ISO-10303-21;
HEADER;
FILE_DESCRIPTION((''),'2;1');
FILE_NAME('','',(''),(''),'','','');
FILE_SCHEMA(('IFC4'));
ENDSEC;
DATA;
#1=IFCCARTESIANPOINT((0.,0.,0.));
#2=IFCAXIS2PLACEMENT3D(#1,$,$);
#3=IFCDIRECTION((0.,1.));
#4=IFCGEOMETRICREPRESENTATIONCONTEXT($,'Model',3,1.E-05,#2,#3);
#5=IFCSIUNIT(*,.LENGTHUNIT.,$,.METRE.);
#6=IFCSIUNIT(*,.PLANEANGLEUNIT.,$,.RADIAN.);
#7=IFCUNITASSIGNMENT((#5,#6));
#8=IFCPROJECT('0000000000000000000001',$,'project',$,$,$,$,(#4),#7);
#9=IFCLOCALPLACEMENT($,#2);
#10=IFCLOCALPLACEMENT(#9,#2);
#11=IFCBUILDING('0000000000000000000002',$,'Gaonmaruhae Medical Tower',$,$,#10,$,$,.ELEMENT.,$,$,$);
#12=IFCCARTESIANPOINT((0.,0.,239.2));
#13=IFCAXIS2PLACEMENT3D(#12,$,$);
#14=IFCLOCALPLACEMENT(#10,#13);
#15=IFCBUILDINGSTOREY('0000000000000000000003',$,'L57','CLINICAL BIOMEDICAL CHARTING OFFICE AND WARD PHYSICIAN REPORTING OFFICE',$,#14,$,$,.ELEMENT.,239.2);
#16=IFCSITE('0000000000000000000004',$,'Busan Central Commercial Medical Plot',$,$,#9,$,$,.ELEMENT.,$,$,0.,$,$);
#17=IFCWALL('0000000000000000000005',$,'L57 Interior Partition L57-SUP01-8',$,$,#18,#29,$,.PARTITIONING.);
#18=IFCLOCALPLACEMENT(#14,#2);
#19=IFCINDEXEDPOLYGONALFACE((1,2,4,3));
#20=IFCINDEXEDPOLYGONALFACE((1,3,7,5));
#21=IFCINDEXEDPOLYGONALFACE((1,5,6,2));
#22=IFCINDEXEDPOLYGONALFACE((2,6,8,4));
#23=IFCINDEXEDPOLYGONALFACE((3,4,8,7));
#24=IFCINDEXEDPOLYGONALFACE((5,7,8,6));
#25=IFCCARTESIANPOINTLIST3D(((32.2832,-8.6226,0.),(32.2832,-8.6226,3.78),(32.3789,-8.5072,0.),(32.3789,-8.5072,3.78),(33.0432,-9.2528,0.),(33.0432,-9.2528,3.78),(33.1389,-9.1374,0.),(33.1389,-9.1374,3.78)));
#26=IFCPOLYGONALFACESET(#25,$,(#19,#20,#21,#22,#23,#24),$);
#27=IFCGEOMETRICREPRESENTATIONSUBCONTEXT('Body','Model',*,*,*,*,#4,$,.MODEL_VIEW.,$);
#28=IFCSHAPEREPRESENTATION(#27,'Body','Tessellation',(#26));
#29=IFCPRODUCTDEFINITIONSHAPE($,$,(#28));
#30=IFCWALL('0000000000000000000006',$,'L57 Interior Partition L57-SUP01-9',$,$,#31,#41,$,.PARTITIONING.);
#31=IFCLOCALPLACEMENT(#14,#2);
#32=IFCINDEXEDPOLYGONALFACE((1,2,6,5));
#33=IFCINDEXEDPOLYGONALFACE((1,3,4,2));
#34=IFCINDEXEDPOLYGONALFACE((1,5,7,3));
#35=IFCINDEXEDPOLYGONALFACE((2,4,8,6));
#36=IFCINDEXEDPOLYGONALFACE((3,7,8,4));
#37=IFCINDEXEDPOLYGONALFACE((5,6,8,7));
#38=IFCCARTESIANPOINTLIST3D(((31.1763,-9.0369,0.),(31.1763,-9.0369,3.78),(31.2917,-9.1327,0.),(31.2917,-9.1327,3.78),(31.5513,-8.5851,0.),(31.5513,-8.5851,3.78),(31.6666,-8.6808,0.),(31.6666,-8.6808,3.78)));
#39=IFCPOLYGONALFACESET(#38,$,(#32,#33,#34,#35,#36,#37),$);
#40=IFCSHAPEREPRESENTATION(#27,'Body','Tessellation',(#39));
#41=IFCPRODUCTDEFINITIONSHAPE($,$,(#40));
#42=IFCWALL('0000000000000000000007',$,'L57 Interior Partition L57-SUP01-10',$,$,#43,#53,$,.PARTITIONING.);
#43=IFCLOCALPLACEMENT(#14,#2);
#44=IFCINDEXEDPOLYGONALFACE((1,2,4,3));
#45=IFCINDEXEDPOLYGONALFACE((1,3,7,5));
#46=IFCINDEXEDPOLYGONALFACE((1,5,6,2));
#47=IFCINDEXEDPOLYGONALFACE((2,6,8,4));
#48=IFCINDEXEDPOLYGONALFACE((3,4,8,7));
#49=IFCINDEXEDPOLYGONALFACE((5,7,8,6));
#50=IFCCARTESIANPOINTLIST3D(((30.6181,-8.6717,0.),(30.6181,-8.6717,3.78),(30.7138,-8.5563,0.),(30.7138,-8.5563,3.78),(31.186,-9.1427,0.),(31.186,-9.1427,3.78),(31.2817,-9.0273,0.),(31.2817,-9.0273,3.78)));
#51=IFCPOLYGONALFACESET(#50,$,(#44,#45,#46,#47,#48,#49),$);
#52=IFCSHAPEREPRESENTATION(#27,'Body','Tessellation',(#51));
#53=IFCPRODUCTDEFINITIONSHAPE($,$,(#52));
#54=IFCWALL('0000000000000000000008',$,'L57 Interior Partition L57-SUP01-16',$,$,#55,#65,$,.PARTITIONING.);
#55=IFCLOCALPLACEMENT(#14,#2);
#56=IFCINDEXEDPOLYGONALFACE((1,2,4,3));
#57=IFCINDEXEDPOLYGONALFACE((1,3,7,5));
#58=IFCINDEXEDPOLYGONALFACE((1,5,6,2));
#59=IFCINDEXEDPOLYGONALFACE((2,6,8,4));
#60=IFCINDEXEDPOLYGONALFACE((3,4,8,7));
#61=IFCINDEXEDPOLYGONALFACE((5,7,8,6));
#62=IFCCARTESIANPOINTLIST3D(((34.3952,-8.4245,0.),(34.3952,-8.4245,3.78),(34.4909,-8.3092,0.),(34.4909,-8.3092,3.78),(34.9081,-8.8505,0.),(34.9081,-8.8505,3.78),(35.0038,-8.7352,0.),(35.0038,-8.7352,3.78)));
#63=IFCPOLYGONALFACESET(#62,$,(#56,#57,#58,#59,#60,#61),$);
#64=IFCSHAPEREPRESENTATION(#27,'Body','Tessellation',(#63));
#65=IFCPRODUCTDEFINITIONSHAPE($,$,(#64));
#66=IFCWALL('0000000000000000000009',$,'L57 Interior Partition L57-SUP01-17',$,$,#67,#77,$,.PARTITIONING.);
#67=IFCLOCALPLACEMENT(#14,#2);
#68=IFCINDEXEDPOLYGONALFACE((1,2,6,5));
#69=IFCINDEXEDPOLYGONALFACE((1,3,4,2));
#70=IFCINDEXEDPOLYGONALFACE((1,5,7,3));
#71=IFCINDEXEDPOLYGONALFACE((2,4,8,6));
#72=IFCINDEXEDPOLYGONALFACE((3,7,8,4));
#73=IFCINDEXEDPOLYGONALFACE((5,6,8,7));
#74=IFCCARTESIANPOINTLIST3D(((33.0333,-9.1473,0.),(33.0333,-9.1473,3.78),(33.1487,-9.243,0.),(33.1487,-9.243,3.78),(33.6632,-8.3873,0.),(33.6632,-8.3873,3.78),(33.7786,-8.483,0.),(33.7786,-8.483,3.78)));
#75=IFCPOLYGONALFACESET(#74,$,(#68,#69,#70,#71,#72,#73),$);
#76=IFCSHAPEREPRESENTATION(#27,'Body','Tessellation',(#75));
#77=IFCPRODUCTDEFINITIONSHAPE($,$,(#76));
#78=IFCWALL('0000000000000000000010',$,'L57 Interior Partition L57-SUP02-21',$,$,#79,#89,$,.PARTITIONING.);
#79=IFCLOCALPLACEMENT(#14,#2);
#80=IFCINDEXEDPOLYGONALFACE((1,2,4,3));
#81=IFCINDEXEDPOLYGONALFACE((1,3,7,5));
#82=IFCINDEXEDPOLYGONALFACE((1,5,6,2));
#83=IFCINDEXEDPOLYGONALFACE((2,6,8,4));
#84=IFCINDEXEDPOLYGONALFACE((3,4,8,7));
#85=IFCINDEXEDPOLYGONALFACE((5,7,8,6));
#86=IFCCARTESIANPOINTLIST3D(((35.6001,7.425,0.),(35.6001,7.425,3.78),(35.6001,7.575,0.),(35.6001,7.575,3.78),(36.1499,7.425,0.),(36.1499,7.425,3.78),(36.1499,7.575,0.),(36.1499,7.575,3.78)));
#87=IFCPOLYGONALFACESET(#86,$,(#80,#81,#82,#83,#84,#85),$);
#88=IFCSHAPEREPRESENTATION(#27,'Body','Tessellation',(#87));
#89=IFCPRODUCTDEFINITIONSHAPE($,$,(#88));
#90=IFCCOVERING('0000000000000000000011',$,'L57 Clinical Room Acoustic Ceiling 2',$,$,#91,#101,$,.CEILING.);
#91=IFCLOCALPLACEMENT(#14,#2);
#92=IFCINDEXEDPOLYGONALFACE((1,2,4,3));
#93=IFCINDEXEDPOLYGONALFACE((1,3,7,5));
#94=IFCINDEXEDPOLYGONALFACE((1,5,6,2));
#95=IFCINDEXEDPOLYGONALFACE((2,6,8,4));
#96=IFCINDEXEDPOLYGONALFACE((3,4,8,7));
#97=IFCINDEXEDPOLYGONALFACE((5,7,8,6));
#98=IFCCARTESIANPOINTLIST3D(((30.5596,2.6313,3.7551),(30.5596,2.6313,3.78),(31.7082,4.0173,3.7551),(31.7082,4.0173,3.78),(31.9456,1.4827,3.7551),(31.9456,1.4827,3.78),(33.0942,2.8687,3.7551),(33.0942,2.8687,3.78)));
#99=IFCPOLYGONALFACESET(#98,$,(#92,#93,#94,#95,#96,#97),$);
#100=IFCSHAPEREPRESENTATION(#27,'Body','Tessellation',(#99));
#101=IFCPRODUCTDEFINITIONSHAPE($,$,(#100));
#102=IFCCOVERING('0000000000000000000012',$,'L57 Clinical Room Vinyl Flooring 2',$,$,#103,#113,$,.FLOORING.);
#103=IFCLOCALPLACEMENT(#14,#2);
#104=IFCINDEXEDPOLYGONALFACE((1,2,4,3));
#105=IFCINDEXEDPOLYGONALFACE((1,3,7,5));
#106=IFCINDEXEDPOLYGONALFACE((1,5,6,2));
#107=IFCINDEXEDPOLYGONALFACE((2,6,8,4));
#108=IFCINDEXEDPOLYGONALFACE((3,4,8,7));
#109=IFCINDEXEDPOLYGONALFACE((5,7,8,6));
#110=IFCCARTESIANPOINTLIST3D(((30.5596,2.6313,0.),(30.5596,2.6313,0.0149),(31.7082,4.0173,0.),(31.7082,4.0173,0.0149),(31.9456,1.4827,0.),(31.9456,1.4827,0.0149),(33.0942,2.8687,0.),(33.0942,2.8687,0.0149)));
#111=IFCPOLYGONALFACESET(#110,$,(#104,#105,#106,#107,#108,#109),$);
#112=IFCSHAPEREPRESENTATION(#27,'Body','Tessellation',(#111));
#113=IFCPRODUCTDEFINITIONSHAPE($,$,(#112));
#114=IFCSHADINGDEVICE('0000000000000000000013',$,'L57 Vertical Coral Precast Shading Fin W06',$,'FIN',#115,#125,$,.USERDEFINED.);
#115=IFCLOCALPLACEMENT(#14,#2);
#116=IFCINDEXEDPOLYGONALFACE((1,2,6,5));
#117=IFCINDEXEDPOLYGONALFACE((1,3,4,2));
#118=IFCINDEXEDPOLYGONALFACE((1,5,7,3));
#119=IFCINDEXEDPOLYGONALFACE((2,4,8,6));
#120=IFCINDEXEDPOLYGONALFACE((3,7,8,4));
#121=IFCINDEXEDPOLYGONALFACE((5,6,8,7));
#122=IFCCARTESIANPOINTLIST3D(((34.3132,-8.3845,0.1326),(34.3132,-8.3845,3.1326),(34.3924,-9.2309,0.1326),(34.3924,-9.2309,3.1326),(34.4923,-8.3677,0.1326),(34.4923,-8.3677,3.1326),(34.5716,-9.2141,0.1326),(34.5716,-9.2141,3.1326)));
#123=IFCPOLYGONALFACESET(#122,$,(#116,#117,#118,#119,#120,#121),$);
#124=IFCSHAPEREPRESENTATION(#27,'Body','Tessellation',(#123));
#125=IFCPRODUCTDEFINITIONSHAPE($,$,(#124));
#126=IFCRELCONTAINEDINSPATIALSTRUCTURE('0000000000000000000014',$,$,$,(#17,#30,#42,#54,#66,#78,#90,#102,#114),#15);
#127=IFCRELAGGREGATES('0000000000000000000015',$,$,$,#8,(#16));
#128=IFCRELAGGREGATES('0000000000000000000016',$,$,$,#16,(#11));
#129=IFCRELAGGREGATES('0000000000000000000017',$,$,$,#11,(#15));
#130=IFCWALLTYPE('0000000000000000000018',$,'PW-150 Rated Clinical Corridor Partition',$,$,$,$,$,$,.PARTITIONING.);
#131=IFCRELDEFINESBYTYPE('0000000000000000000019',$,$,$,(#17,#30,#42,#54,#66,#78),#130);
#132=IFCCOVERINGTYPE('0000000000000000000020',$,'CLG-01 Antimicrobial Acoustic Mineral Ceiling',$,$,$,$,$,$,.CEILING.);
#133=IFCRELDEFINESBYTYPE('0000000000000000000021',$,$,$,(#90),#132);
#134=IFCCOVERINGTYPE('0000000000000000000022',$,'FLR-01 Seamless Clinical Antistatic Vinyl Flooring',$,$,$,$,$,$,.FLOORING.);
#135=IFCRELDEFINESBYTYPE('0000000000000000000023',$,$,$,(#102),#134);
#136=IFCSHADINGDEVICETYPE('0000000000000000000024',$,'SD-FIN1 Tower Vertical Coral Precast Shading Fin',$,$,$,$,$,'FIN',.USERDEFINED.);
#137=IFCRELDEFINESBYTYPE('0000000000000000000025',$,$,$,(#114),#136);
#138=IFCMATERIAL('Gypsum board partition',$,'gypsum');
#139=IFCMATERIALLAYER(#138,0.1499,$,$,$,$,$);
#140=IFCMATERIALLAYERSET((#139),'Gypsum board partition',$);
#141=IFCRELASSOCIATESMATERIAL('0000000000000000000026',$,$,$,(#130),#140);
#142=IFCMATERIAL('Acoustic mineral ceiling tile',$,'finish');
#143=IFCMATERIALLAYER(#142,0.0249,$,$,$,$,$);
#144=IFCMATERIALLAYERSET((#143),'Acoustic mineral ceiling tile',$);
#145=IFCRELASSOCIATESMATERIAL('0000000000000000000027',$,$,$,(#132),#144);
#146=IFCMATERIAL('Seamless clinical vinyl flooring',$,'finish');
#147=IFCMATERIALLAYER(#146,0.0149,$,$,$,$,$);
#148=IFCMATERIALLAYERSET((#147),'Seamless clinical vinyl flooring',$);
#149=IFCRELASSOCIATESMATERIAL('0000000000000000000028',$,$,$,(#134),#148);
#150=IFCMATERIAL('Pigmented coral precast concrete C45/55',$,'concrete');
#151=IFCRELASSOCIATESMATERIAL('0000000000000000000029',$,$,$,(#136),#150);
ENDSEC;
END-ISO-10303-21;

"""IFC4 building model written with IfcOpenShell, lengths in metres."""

from ifc_helpers import new_model, si_unit, direction, frame, frame_2d, origin, origin_2d, place, context, subcontext, project, spatial, rectangle, extrude, material, layer, layer_set, type_object, element, save


model = new_model("IFC4")

# Units and contexts
model_context = context("Model", 3, precision=1e-05, world=origin(), true_north=direction((0.0, 1.0)))
body_context = subcontext(model_context, "Body", "Model", "MODEL_VIEW")
ifc_project = project(units=[si_unit("LENGTHUNIT", "METRE"), si_unit("PLANEANGLEUNIT", "RADIAN")], contexts=[model_context])

# Site, building, storey
site_placement = place(None, origin())
site = spatial("IfcSite", under=ifc_project, at=site_placement, Name="Busan Central Commercial Medical Plot", CompositionType="ELEMENT", RefElevation=0.0)
building_placement = place(site_placement, origin())
building = spatial("IfcBuilding", under=site, at=building_placement, Name="Gaonmaruhae Medical Tower", CompositionType="ELEMENT")
storey_placement = place(building_placement, frame((0.0, 0.0, 239.2)))
storey = spatial("IfcBuildingStorey", under=building, at=storey_placement, Name="L57", Description="CLINICAL BIOMEDICAL CHARTING OFFICE AND WARD PHYSICIAN REPORTING OFFICE", CompositionType="ELEMENT", Elevation=239.2)

# Walls
ifc_material_1 = material(Name="Gypsum board partition", Category="gypsum")
ifc_layer_1 = layer(ifc_material_1, 0.1499)
ifc_layer_set_1 = layer_set([ifc_layer_1], Name="Gypsum board partition")
wall_type_1 = type_object("IfcWallType", Name="PW-150 Rated Clinical Corridor Partition", PredefinedType="PARTITIONING", material=ifc_layer_set_1)
wall_1_placement = place(storey_placement, frame((33.0911, -9.1951, 0.0), z_axis=(0.0, 0.0, 1.0), x_axis=(-0.76982, 0.638261, 0.0)))
element("IfcWall", 1, at=wall_1_placement, inside=storey, type_object=wall_type_1, Name="L57 Interior Partition L57-SUP01-8", PredefinedType="PARTITIONING", context=body_context, shape_type="SweptSolid", body=[
    extrude(rectangle(XDim=0.9873, YDim=0.1499, at=frame_2d((0.4937, 0.0))), origin(), (0.0, 0.0, 1.0), 3.78),
])
wall_2_placement = place(storey_placement, frame((31.6089, -8.6331, 0.0), z_axis=(0.0, 0.0, 1.0), x_axis=(-0.638588, -0.769549, 0.0)))
element("IfcWall", 2, at=wall_2_placement, inside=storey, type_object=wall_type_1, Name="L57 Interior Partition L57-SUP01-9", PredefinedType="PARTITIONING", context=body_context, shape_type="SweptSolid", body=[
    extrude(rectangle(XDim=0.5872, YDim=0.1499, at=frame_2d((0.2935, 0.0))), origin(), (0.0, 0.0, 1.0), 3.78),
])
wall_3_placement = place(storey_placement, frame((31.2339, -9.085, 0.0), z_axis=(0.0, 0.0, 1.0), x_axis=(-0.769738, 0.63836, 0.0)))
element("IfcWall", 3, at=wall_3_placement, inside=storey, type_object=wall_type_1, Name="L57 Interior Partition L57-SUP01-10", PredefinedType="PARTITIONING", context=body_context, shape_type="SweptSolid", body=[
    extrude(rectangle(XDim=0.7378, YDim=0.1499, at=frame_2d((0.3689, 0.0))), origin(), (0.0, 0.0, 1.0), 3.78),
])
wall_4_placement = place(storey_placement, frame((34.9561, -8.793, 0.0), z_axis=(0.0, 0.0, 1.0), x_axis=(-0.769271, 0.638923, 0.0)))
element("IfcWall", 4, at=wall_4_placement, inside=storey, type_object=wall_type_1, Name="L57 Interior Partition L57-SUP01-16", PredefinedType="PARTITIONING", context=body_context, shape_type="SweptSolid", body=[
    extrude(rectangle(XDim=0.6667, YDim=0.1499, at=frame_2d((0.3335, 0.0))), origin(), (0.0, 0.0, 1.0), 3.78),
])
wall_5_placement = place(storey_placement, frame((33.7209, -8.4351, 0.0), z_axis=(0.0, 0.0, 1.0), x_axis=(-0.638114, -0.769942, 0.0)))
element("IfcWall", 5, at=wall_5_placement, inside=storey, type_object=wall_type_1, Name="L57 Interior Partition L57-SUP01-17", PredefinedType="PARTITIONING", context=body_context, shape_type="SweptSolid", body=[
    extrude(rectangle(XDim=0.9871, YDim=0.1499, at=frame_2d((0.4937, 0.0))), origin(), (0.0, 0.0, 1.0), 3.78),
])
wall_6_placement = place(storey_placement, frame((35.6001, 7.5, 0.0), z_axis=(0.0, 0.0, 1.0), x_axis=(1.0, 0.0, 0.0)))
element("IfcWall", 6, at=wall_6_placement, inside=storey, type_object=wall_type_1, Name="L57 Interior Partition L57-SUP02-21", PredefinedType="PARTITIONING", context=body_context, shape_type="SweptSolid", body=[
    extrude(rectangle(XDim=0.5498, YDim=0.1499, at=frame_2d((0.2749, 0.0))), origin(), (0.0, 0.0, 1.0), 3.78),
])

# Coverings
ifc_material_2 = material(Name="Acoustic mineral ceiling tile", Category="finish")
ifc_layer_2 = layer(ifc_material_2, 0.0249)
ifc_layer_set_2 = layer_set([ifc_layer_2], Name="Acoustic mineral ceiling tile")
covering_type_1 = type_object("IfcCoveringType", Name="CLG-01 Antimicrobial Acoustic Mineral Ceiling", PredefinedType="CEILING", material=ifc_layer_set_2)
covering_1_placement = place(storey_placement, frame((31.8269, 2.75, 3.7551), z_axis=(0.0, 0.0, 1.0), x_axis=(0.638096, 0.769957, 0.0)))
element("IfcCovering", 7, at=covering_1_placement, inside=storey, type_object=covering_type_1, Name="L57 Clinical Room Acoustic Ceiling 2", PredefinedType="CEILING", context=body_context, shape_type="SweptSolid", body=[
    extrude(rectangle(XDim=1.8, YDim=1.8, at=origin_2d()), origin(), (0.0, 0.0, 1.0), 0.0249),
])
ifc_material_3 = material(Name="Seamless clinical vinyl flooring", Category="finish")
ifc_layer_3 = layer(ifc_material_3, 0.0149)
ifc_layer_set_3 = layer_set([ifc_layer_3], Name="Seamless clinical vinyl flooring")
covering_type_2 = type_object("IfcCoveringType", Name="FLR-01 Seamless Clinical Antistatic Vinyl Flooring", PredefinedType="FLOORING", material=ifc_layer_set_3)
covering_2_placement = place(storey_placement, frame((31.8269, 2.75, 0.0), z_axis=(0.0, 0.0, 1.0), x_axis=(0.638096, 0.769957, 0.0)))
element("IfcCovering", 8, at=covering_2_placement, inside=storey, type_object=covering_type_2, Name="L57 Clinical Room Vinyl Flooring 2", PredefinedType="FLOORING", context=body_context, shape_type="SweptSolid", body=[
    extrude(rectangle(XDim=1.8, YDim=1.8, at=origin_2d()), origin(), (0.0, 0.0, 1.0), 0.0149),
])

# Shading device
ifc_material_4 = material(Name="Pigmented coral precast concrete C45/55", Category="concrete")
shading_device_type = type_object("IfcShadingDeviceType", Name="SD-FIN1 Tower Vertical Coral Precast Shading Fin", ElementType="FIN", PredefinedType="USERDEFINED", material=ifc_material_4)
shading_device_placement = place(storey_placement, frame((34.4424, -8.7993, 0.1326), z_axis=(0.0, 0.0, 1.0), x_axis=(-0.995644, -0.093239, 0.0)))
element("IfcShadingDevice", 9, at=shading_device_placement, inside=storey, type_object=shading_device_type, Name="L57 Vertical Coral Precast Shading Fin W06", ObjectType="FIN", PredefinedType="USERDEFINED", context=body_context, shape_type="SweptSolid", body=[
    extrude(rectangle(XDim=0.1799, YDim=0.8501, at=origin_2d()), origin(), (0.0, 0.0, 1.0), 3.0),
])

save(model, "model.ifc")
